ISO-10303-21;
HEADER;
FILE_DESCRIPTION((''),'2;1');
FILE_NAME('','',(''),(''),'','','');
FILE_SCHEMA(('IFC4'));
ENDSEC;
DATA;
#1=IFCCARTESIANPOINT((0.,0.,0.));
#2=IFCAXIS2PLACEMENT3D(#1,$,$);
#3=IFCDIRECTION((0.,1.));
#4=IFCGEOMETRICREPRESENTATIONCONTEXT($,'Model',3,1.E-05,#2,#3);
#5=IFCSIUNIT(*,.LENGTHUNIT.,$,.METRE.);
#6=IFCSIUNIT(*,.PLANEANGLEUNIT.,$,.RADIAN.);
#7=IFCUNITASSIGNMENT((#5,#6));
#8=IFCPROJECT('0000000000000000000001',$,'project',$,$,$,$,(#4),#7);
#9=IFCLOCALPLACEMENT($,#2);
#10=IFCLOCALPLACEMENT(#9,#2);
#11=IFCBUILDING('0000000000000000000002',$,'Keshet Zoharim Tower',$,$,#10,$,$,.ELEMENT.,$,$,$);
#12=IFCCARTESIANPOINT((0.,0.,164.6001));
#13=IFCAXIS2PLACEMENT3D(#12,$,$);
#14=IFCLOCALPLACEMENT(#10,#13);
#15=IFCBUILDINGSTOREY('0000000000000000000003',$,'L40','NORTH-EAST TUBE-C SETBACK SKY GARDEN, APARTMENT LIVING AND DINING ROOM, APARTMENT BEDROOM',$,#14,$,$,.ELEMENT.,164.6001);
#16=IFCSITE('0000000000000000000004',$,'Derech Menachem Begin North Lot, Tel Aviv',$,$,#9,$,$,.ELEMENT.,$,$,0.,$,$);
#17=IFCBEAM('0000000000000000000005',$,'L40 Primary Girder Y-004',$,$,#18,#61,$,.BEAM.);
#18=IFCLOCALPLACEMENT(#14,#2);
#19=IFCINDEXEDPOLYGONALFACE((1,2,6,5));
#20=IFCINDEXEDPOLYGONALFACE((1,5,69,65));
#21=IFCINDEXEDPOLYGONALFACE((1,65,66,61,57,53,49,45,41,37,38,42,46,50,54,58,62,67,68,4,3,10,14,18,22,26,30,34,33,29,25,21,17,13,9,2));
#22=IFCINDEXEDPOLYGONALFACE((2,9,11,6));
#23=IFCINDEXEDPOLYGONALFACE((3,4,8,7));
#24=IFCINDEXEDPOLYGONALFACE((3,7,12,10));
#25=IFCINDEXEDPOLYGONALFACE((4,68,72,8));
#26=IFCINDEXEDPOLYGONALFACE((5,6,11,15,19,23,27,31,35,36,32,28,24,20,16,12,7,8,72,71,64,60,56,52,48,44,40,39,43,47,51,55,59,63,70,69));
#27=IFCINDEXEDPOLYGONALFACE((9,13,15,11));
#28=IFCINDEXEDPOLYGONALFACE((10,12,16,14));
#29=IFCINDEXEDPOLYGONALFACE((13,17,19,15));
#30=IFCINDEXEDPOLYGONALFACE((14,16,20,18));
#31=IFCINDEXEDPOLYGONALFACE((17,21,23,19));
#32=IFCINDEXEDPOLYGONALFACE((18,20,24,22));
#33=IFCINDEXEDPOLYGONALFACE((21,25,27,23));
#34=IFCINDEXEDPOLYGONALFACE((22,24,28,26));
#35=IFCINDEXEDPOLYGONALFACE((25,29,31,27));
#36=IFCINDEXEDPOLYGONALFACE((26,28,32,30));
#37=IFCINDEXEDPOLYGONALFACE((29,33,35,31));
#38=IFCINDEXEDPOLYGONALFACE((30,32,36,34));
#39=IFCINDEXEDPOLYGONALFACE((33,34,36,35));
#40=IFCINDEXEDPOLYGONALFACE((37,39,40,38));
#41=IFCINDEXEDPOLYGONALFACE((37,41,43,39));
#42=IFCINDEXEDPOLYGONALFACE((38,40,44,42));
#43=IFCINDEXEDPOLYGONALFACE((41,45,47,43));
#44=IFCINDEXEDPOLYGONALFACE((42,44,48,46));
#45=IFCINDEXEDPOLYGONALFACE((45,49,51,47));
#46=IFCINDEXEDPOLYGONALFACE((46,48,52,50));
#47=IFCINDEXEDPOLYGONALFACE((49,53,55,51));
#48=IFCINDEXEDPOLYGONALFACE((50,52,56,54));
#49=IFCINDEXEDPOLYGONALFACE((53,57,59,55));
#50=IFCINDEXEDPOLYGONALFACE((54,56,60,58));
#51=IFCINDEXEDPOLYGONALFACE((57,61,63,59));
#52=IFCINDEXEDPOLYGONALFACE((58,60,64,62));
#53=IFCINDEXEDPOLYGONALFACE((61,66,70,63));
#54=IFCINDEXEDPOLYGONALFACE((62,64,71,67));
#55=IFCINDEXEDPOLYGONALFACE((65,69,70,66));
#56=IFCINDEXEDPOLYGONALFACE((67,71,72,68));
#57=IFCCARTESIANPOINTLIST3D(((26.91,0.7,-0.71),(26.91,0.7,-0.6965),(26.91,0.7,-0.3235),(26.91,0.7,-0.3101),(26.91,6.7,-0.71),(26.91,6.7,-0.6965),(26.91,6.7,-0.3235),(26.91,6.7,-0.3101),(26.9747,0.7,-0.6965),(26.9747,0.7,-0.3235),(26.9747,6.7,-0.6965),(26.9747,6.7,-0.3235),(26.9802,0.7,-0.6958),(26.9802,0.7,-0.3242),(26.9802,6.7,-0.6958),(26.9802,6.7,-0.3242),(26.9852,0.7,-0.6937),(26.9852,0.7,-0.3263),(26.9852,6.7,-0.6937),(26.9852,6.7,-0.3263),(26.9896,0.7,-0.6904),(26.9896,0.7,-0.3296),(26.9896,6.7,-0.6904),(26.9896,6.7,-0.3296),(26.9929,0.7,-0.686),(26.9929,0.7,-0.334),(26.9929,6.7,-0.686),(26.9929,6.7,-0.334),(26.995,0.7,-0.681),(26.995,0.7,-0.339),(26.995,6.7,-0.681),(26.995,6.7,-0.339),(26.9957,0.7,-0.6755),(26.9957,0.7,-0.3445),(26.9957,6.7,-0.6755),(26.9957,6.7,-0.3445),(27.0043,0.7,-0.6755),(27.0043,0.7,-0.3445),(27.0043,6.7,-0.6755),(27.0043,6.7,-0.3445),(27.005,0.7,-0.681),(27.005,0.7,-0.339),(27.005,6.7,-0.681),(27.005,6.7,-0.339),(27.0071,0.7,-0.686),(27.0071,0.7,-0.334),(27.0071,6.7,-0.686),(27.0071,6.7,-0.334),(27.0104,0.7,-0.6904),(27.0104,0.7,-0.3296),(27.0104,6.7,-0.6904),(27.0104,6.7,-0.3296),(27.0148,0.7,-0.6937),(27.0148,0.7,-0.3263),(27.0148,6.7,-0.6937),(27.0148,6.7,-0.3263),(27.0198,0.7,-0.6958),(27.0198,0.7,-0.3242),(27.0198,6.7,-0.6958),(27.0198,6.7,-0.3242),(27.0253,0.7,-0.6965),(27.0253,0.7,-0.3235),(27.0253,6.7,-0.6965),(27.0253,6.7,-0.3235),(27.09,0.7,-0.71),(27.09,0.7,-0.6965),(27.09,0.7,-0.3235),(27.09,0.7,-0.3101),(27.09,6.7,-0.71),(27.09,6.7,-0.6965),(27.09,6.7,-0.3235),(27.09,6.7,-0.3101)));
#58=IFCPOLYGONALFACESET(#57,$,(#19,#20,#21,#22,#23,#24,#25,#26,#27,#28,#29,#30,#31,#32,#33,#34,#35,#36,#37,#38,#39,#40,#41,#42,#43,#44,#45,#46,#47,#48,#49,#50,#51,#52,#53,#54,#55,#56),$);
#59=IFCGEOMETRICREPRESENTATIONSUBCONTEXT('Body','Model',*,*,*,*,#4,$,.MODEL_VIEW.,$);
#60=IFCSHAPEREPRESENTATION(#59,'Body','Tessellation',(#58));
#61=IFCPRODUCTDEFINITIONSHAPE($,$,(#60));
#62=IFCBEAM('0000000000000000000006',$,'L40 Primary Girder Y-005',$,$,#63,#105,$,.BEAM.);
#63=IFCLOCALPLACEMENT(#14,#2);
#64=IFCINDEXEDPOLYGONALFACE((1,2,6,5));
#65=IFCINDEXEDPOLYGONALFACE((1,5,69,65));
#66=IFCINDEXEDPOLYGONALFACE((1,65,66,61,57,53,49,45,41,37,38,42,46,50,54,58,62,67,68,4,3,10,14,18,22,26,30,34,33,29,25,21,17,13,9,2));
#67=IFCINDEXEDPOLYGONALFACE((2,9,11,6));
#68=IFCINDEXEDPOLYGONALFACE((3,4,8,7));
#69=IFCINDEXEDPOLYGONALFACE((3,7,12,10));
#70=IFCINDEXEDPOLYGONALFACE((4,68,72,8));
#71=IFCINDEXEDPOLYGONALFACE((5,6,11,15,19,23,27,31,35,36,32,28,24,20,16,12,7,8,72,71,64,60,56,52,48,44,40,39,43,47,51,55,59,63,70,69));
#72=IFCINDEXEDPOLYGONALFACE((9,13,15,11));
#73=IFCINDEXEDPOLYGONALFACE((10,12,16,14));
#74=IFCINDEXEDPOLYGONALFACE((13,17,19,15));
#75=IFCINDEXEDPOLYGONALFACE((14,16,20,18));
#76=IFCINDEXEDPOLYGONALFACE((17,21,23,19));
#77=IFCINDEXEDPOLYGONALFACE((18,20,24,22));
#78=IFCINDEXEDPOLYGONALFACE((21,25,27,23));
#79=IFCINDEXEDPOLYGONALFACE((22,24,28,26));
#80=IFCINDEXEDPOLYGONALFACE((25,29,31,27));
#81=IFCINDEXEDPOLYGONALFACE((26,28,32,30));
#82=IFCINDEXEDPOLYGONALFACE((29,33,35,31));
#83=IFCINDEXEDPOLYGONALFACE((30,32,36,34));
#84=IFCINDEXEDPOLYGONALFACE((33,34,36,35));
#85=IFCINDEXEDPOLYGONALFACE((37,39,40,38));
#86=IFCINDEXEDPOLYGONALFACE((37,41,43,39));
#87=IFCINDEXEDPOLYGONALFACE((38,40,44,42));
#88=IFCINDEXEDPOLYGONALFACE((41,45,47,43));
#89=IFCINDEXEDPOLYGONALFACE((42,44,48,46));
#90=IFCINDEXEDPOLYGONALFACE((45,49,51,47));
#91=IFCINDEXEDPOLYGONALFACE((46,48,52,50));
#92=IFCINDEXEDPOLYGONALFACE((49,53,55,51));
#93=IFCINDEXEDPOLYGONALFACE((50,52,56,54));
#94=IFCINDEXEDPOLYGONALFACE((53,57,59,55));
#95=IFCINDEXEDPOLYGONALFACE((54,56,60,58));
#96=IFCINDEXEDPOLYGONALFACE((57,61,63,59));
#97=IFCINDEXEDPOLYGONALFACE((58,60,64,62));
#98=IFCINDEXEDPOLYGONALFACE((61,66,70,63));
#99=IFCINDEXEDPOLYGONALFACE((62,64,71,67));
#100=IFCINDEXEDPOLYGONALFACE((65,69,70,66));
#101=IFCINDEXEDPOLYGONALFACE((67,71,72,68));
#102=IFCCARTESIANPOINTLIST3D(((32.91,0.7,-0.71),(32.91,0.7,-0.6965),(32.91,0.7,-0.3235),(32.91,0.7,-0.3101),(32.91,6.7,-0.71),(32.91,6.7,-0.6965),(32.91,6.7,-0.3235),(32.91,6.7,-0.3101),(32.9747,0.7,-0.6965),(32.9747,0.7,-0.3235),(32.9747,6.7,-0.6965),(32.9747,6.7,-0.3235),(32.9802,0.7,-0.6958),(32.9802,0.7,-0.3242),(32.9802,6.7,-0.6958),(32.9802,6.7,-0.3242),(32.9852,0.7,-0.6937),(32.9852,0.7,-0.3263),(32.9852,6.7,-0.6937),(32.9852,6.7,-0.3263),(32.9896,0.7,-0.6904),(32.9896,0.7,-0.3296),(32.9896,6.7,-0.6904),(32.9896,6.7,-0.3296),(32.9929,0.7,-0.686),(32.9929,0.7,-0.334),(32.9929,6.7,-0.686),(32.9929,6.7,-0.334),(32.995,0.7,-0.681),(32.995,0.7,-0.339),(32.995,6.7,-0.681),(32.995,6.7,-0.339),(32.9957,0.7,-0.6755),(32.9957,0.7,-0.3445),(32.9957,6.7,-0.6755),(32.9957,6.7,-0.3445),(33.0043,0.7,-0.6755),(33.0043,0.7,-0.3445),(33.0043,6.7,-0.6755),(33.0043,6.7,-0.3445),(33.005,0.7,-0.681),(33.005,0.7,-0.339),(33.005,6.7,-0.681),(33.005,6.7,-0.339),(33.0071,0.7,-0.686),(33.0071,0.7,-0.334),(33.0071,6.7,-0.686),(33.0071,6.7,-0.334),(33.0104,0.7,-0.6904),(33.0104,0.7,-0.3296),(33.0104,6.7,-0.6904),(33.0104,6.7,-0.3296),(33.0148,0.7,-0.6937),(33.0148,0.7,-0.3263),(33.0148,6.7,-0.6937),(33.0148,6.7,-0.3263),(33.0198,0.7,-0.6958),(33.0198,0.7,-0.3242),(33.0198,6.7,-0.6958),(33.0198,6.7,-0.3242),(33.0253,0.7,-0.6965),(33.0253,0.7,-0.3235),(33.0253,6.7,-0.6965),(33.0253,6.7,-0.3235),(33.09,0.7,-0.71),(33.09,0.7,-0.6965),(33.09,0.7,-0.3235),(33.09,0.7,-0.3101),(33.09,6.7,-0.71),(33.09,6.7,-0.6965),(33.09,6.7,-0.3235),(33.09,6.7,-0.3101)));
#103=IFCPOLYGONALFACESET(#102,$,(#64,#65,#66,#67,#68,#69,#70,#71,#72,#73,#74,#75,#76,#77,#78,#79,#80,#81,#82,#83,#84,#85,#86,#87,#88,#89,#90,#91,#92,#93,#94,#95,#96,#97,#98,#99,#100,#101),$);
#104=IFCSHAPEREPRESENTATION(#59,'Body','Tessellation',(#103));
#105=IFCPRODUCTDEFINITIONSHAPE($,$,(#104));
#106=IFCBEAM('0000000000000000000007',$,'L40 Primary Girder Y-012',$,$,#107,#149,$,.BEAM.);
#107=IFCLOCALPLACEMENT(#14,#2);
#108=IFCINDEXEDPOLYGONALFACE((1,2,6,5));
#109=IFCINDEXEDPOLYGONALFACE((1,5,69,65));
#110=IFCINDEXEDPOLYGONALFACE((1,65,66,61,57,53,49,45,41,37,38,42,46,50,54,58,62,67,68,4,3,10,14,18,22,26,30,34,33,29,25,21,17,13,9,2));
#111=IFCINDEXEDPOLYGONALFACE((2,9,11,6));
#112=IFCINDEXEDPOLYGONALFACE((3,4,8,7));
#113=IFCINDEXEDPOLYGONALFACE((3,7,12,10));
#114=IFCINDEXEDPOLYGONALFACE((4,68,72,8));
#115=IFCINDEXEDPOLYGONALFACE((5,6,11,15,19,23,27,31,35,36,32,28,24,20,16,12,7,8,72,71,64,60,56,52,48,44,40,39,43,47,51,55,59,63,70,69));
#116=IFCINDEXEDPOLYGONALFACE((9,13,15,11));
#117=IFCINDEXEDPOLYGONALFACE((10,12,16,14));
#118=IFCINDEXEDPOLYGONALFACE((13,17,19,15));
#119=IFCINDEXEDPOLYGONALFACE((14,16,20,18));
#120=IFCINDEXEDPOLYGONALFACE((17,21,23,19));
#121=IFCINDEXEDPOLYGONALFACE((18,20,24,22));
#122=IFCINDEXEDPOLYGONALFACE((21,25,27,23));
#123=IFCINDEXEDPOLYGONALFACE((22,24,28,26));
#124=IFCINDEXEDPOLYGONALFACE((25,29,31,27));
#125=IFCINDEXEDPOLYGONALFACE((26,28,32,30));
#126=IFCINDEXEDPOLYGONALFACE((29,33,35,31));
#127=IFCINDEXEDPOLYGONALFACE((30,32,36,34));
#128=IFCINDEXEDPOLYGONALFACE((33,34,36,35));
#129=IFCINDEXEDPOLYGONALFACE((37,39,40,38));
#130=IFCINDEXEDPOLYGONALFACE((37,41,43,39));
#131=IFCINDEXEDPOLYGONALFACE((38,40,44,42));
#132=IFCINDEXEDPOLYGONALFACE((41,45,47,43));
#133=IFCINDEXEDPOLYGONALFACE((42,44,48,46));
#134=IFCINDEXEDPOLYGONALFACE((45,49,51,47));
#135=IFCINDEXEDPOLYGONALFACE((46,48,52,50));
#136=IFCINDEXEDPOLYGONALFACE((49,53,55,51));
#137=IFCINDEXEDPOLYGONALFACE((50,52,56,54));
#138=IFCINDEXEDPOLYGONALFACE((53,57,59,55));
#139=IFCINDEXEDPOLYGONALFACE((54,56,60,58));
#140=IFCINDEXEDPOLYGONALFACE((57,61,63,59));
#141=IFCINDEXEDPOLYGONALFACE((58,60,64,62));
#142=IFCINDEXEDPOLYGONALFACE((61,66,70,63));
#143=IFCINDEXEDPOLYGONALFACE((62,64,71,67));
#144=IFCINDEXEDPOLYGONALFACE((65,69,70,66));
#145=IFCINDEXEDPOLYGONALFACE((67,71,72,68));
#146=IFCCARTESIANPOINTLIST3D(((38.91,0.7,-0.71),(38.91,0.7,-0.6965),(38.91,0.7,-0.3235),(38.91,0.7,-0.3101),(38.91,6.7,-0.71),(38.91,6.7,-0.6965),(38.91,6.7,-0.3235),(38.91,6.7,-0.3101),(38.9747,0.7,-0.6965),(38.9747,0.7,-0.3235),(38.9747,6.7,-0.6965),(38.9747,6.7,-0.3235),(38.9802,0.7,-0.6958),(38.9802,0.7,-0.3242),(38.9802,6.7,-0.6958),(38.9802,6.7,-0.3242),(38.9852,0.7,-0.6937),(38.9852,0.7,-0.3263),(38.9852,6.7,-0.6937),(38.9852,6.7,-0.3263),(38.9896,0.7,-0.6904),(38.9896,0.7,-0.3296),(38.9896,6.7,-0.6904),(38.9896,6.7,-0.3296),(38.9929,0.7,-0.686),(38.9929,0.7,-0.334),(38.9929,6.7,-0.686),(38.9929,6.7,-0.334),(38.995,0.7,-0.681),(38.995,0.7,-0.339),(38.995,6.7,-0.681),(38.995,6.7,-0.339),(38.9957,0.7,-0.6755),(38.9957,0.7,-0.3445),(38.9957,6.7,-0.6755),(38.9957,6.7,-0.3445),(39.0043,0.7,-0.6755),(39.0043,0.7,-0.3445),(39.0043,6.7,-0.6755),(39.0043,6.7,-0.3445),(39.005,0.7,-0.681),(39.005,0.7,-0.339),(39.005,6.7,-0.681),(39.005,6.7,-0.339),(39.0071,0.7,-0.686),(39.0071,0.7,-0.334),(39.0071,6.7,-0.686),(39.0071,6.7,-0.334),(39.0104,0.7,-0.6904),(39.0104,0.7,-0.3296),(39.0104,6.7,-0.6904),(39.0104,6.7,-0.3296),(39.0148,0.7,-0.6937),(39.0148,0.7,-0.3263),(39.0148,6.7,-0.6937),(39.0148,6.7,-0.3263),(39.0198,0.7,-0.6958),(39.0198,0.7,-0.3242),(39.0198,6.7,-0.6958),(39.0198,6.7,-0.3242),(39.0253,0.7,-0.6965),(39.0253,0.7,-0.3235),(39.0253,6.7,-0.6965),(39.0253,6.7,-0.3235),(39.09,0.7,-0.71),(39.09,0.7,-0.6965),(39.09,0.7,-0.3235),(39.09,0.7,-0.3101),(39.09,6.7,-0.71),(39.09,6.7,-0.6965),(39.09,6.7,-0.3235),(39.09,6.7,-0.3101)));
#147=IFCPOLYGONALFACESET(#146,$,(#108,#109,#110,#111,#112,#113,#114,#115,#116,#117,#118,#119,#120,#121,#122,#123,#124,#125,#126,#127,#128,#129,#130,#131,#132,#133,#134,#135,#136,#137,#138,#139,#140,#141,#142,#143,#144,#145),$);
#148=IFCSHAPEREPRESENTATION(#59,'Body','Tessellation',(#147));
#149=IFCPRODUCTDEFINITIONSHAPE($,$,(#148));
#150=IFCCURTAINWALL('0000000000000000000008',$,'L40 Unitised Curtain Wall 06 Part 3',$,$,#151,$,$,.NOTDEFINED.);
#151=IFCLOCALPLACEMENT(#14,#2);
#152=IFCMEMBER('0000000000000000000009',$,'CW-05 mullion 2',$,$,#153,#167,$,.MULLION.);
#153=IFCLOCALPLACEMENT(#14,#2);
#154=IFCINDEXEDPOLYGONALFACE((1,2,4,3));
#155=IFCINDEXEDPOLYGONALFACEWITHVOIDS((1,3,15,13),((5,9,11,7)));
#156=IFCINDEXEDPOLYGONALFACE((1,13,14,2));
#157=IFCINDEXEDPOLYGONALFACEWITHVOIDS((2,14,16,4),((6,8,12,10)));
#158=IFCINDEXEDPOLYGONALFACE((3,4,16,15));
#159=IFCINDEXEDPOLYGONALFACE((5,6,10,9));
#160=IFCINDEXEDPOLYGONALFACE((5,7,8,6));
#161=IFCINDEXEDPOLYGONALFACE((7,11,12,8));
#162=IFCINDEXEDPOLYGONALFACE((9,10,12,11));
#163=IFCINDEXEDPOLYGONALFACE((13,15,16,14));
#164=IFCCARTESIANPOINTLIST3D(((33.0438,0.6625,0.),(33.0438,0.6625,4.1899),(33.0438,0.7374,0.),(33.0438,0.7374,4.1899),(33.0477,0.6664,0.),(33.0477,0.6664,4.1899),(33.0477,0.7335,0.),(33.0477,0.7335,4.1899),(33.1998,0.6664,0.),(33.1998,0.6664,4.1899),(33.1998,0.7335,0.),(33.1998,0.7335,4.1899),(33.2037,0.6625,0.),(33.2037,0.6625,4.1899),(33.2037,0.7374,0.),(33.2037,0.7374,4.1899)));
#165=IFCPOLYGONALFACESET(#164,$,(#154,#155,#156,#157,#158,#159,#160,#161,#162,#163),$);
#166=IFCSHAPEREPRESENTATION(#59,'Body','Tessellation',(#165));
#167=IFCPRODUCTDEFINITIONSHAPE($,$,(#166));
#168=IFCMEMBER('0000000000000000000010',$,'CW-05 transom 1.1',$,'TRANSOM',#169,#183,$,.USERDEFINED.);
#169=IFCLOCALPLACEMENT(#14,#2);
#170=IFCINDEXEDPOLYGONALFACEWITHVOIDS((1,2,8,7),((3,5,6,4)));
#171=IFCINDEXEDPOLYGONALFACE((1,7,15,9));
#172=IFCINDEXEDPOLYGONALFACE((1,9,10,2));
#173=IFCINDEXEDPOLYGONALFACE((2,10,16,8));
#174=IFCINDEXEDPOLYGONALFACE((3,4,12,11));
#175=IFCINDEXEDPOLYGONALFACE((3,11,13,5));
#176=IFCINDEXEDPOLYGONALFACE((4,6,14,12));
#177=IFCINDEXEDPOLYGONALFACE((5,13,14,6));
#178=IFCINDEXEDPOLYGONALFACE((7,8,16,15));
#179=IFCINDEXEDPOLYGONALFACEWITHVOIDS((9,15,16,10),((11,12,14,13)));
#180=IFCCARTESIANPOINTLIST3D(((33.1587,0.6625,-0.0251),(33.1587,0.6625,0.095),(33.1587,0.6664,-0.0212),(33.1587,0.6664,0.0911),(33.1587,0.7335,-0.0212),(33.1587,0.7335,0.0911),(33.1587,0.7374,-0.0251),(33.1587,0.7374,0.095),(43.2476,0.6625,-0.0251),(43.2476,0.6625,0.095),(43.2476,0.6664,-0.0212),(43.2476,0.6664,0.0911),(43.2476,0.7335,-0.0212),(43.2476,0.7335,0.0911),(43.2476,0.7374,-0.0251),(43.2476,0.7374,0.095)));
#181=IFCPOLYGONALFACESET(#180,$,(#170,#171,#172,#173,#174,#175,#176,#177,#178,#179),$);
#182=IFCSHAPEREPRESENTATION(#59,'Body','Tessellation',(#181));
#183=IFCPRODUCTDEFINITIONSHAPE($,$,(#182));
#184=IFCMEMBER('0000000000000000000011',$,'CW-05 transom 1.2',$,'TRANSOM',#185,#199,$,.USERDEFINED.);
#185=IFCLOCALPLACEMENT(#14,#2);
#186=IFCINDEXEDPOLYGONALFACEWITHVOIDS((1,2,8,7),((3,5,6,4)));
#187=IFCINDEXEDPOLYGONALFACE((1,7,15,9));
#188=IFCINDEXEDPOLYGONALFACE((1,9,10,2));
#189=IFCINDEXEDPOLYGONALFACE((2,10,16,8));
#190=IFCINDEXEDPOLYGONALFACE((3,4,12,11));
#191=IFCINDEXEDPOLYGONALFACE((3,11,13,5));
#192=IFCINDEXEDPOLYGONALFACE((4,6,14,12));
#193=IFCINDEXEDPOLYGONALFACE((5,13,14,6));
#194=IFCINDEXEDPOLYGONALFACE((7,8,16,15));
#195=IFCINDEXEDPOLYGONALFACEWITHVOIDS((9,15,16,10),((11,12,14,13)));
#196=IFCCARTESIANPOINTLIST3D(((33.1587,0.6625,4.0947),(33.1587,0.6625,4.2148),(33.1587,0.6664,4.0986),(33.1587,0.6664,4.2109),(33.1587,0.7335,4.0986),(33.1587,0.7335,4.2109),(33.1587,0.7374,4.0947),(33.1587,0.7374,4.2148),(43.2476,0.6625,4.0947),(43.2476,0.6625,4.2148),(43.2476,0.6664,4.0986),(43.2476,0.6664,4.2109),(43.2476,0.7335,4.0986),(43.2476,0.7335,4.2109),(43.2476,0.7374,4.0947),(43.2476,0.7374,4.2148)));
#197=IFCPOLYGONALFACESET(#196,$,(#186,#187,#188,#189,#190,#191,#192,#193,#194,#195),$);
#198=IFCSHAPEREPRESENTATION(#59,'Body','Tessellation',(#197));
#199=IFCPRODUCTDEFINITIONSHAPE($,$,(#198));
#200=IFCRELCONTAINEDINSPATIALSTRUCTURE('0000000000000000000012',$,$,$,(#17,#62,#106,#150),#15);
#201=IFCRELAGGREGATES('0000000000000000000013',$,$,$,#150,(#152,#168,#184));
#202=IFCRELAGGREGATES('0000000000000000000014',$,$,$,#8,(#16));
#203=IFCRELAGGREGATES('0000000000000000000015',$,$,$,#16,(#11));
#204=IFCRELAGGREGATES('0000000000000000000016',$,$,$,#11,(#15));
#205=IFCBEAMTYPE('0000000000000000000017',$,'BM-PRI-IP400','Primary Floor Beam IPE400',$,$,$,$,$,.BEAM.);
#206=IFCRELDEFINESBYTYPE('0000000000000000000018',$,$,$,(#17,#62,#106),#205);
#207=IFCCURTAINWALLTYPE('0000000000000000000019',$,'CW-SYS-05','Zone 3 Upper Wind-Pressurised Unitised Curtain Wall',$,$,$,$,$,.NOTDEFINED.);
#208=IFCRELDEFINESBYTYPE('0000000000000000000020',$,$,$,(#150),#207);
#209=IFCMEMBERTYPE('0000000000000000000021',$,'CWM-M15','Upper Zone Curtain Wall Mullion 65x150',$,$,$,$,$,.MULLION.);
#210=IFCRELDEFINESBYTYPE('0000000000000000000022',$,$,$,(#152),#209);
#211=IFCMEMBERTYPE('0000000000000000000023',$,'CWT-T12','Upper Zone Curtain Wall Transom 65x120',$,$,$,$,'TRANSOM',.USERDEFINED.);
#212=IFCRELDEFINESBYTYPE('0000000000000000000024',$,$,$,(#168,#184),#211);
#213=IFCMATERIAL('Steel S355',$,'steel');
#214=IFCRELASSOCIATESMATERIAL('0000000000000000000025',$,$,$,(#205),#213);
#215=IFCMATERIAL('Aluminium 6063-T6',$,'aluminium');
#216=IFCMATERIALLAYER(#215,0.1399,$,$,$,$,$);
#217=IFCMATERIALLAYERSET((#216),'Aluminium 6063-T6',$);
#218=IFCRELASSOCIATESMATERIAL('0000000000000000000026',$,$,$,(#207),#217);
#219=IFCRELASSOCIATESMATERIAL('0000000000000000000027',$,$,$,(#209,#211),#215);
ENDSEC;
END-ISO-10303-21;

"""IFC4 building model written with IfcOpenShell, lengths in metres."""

from ifc_helpers import new_model, si_unit, direction, frame, origin, origin_2d, place, context, subcontext, project, spatial, hollow_rectangle, i_section, extrude, material, layer, layer_set, material_profile, profile_set, type_object, element, aggregate, save


model = new_model("IFC4")

# Units and contexts
model_context = context("Model", 3, precision=1e-05, world=origin(), true_north=direction((0.0, 1.0)))
body_context = subcontext(model_context, "Body", "Model", "MODEL_VIEW")
ifc_project = project(units=[si_unit("LENGTHUNIT", "METRE"), si_unit("PLANEANGLEUNIT", "RADIAN")], contexts=[model_context])

# Site, building, storey
site_placement = place(None, origin())
site = spatial("IfcSite", under=ifc_project, at=site_placement, Name="Derech Menachem Begin North Lot, Tel Aviv", CompositionType="ELEMENT", RefElevation=0.0)
building_placement = place(site_placement, origin())
building = spatial("IfcBuilding", under=site, at=building_placement, Name="Keshet Zoharim Tower", CompositionType="ELEMENT")
storey_placement = place(building_placement, frame((0.0, 0.0, 164.6001)))
storey = spatial("IfcBuildingStorey", under=building, at=storey_placement, Name="L40", Description="NORTH-EAST TUBE-C SETBACK SKY GARDEN, APARTMENT LIVING AND DINING ROOM, APARTMENT BEDROOM", CompositionType="ELEMENT", Elevation=164.6001)

# Shared definitions
ifc_material_1 = material(Name="Steel S355", Category="steel")

# Beams
ifc_material_profile_1 = material_profile(ifc_material_1, i_section(OverallWidth=0.1799, OverallDepth=0.3999, WebThickness=0.0085, FlangeThickness=0.0134, FilletRadius=0.021, at=origin_2d()), Name="IPE400")
ifc_profile_set_1 = profile_set([ifc_material_profile_1], Name="Steel S355")
beam_type_1 = type_object("IfcBeamType", Name="BM-PRI-IP400", Description="Primary Floor Beam IPE400", PredefinedType="BEAM", material=ifc_profile_set_1)
for number, where, z_axis, x_axis, name in (
    (1, (27.0, 0.7, -0.51), (0.0, 1.0, 0.0), (-1.0, 0.0, 0.0), "L40 Primary Girder Y-004"),
    (2, (33.0, 0.7, -0.51), (0.0, 1.0, 0.0), (-1.0, 0.0, 0.0), "L40 Primary Girder Y-005"),
    (3, (39.0, 0.7, -0.51), (0.0, 1.0, 0.0), (-1.0, 0.0, 0.0), "L40 Primary Girder Y-012"),
):
    element("IfcBeam", number, at=place(storey_placement, frame(where, z_axis=z_axis, x_axis=x_axis)), inside=storey, type_object=beam_type_1, Name=name, PredefinedType="BEAM", context=body_context, shape_type="SweptSolid", body=[
        extrude(i_section(OverallWidth=0.1799, OverallDepth=0.3999, WebThickness=0.0085, FlangeThickness=0.0134, FilletRadius=0.021, at=origin_2d()), origin(), (0.0, 0.0, 1.0), 6.0),
    ])

# Curtain wall, members
ifc_material_2 = material(Name="Aluminium 6063-T6", Category="aluminium")
ifc_layer_1 = layer(ifc_material_2, 0.1399)
ifc_layer_set_1 = layer_set([ifc_layer_1], Name="Aluminium 6063-T6")
curtain_wall_type = type_object("IfcCurtainWallType", Name="CW-SYS-05", Description="Zone 3 Upper Wind-Pressurised Unitised Curtain Wall", PredefinedType="NOTDEFINED", material=ifc_layer_set_1)
curtain_wall_placement = place(storey_placement, origin())
curtain_wall = element("IfcCurtainWall", 4, at=curtain_wall_placement, inside=storey, type_object=curtain_wall_type, Name="L40 Unitised Curtain Wall 06 Part 3", PredefinedType="NOTDEFINED")
ifc_material_profile_2 = material_profile(ifc_material_2, hollow_rectangle(XDim=0.075, YDim=0.1599, WallThickness=0.0039, at=origin_2d()), Name="MUL-75x160")
ifc_profile_set_2 = profile_set([ifc_material_profile_2], Name="Aluminium 6063-T6")
member_type_1 = type_object("IfcMemberType", Name="CWM-M15", Description="Upper Zone Curtain Wall Mullion 65x150", PredefinedType="MULLION", material=ifc_profile_set_2)
member_1_placement = place(storey_placement, frame((33.1238, 0.7, 0.0), z_axis=(0.0, 0.0, 1.0), x_axis=(0.0, -1.0, 0.0)))
member_1 = element("IfcMember", 5, at=member_1_placement, type_object=member_type_1, Name="CW-05 mullion 2", PredefinedType="MULLION", context=body_context, shape_type="SweptSolid", body=[
    extrude(hollow_rectangle(XDim=0.075, YDim=0.1599, WallThickness=0.0039, at=origin_2d()), origin(), (0.0, 0.0, 1.0), 4.1899),
])
ifc_material_profile_3 = material_profile(ifc_material_2, hollow_rectangle(XDim=0.075, YDim=0.1201, WallThickness=0.0039, at=origin_2d()), Name="TRN-75x120")
ifc_profile_set_3 = profile_set([ifc_material_profile_3], Name="Aluminium 6063-T6")
member_type_2 = type_object("IfcMemberType", Name="CWT-T12", Description="Upper Zone Curtain Wall Transom 65x120", ElementType="TRANSOM", PredefinedType="USERDEFINED", material=ifc_profile_set_3)
member_2_placement = place(storey_placement, frame((43.2476, 0.7, 0.0349), z_axis=(-1.0, 0.0, 0.0), x_axis=(0.0, -1.0, 0.0)))
member_2 = element("IfcMember", 6, at=member_2_placement, type_object=member_type_2, Name="CW-05 transom 1.1", ObjectType="TRANSOM", PredefinedType="USERDEFINED", context=body_context, shape_type="SweptSolid", body=[
    extrude(hollow_rectangle(XDim=0.075, YDim=0.1201, WallThickness=0.0039, at=origin_2d()), origin(), (0.0, 0.0, 1.0), 10.0889),
])
member_3_placement = place(storey_placement, frame((43.2476, 0.7, 4.1548), z_axis=(-1.0, 0.0, 0.0), x_axis=(0.0, -1.0, 0.0)))
member_3 = element("IfcMember", 7, at=member_3_placement, type_object=member_type_2, Name="CW-05 transom 1.2", ObjectType="TRANSOM", PredefinedType="USERDEFINED", context=body_context, shape_type="SweptSolid", body=[
    extrude(hollow_rectangle(XDim=0.075, YDim=0.1201, WallThickness=0.0039, at=origin_2d()), origin(), (0.0, 0.0, 1.0), 10.0889),
])
aggregate(curtain_wall, [member_1, member_2, member_3])

save(model, "model.ifc")
